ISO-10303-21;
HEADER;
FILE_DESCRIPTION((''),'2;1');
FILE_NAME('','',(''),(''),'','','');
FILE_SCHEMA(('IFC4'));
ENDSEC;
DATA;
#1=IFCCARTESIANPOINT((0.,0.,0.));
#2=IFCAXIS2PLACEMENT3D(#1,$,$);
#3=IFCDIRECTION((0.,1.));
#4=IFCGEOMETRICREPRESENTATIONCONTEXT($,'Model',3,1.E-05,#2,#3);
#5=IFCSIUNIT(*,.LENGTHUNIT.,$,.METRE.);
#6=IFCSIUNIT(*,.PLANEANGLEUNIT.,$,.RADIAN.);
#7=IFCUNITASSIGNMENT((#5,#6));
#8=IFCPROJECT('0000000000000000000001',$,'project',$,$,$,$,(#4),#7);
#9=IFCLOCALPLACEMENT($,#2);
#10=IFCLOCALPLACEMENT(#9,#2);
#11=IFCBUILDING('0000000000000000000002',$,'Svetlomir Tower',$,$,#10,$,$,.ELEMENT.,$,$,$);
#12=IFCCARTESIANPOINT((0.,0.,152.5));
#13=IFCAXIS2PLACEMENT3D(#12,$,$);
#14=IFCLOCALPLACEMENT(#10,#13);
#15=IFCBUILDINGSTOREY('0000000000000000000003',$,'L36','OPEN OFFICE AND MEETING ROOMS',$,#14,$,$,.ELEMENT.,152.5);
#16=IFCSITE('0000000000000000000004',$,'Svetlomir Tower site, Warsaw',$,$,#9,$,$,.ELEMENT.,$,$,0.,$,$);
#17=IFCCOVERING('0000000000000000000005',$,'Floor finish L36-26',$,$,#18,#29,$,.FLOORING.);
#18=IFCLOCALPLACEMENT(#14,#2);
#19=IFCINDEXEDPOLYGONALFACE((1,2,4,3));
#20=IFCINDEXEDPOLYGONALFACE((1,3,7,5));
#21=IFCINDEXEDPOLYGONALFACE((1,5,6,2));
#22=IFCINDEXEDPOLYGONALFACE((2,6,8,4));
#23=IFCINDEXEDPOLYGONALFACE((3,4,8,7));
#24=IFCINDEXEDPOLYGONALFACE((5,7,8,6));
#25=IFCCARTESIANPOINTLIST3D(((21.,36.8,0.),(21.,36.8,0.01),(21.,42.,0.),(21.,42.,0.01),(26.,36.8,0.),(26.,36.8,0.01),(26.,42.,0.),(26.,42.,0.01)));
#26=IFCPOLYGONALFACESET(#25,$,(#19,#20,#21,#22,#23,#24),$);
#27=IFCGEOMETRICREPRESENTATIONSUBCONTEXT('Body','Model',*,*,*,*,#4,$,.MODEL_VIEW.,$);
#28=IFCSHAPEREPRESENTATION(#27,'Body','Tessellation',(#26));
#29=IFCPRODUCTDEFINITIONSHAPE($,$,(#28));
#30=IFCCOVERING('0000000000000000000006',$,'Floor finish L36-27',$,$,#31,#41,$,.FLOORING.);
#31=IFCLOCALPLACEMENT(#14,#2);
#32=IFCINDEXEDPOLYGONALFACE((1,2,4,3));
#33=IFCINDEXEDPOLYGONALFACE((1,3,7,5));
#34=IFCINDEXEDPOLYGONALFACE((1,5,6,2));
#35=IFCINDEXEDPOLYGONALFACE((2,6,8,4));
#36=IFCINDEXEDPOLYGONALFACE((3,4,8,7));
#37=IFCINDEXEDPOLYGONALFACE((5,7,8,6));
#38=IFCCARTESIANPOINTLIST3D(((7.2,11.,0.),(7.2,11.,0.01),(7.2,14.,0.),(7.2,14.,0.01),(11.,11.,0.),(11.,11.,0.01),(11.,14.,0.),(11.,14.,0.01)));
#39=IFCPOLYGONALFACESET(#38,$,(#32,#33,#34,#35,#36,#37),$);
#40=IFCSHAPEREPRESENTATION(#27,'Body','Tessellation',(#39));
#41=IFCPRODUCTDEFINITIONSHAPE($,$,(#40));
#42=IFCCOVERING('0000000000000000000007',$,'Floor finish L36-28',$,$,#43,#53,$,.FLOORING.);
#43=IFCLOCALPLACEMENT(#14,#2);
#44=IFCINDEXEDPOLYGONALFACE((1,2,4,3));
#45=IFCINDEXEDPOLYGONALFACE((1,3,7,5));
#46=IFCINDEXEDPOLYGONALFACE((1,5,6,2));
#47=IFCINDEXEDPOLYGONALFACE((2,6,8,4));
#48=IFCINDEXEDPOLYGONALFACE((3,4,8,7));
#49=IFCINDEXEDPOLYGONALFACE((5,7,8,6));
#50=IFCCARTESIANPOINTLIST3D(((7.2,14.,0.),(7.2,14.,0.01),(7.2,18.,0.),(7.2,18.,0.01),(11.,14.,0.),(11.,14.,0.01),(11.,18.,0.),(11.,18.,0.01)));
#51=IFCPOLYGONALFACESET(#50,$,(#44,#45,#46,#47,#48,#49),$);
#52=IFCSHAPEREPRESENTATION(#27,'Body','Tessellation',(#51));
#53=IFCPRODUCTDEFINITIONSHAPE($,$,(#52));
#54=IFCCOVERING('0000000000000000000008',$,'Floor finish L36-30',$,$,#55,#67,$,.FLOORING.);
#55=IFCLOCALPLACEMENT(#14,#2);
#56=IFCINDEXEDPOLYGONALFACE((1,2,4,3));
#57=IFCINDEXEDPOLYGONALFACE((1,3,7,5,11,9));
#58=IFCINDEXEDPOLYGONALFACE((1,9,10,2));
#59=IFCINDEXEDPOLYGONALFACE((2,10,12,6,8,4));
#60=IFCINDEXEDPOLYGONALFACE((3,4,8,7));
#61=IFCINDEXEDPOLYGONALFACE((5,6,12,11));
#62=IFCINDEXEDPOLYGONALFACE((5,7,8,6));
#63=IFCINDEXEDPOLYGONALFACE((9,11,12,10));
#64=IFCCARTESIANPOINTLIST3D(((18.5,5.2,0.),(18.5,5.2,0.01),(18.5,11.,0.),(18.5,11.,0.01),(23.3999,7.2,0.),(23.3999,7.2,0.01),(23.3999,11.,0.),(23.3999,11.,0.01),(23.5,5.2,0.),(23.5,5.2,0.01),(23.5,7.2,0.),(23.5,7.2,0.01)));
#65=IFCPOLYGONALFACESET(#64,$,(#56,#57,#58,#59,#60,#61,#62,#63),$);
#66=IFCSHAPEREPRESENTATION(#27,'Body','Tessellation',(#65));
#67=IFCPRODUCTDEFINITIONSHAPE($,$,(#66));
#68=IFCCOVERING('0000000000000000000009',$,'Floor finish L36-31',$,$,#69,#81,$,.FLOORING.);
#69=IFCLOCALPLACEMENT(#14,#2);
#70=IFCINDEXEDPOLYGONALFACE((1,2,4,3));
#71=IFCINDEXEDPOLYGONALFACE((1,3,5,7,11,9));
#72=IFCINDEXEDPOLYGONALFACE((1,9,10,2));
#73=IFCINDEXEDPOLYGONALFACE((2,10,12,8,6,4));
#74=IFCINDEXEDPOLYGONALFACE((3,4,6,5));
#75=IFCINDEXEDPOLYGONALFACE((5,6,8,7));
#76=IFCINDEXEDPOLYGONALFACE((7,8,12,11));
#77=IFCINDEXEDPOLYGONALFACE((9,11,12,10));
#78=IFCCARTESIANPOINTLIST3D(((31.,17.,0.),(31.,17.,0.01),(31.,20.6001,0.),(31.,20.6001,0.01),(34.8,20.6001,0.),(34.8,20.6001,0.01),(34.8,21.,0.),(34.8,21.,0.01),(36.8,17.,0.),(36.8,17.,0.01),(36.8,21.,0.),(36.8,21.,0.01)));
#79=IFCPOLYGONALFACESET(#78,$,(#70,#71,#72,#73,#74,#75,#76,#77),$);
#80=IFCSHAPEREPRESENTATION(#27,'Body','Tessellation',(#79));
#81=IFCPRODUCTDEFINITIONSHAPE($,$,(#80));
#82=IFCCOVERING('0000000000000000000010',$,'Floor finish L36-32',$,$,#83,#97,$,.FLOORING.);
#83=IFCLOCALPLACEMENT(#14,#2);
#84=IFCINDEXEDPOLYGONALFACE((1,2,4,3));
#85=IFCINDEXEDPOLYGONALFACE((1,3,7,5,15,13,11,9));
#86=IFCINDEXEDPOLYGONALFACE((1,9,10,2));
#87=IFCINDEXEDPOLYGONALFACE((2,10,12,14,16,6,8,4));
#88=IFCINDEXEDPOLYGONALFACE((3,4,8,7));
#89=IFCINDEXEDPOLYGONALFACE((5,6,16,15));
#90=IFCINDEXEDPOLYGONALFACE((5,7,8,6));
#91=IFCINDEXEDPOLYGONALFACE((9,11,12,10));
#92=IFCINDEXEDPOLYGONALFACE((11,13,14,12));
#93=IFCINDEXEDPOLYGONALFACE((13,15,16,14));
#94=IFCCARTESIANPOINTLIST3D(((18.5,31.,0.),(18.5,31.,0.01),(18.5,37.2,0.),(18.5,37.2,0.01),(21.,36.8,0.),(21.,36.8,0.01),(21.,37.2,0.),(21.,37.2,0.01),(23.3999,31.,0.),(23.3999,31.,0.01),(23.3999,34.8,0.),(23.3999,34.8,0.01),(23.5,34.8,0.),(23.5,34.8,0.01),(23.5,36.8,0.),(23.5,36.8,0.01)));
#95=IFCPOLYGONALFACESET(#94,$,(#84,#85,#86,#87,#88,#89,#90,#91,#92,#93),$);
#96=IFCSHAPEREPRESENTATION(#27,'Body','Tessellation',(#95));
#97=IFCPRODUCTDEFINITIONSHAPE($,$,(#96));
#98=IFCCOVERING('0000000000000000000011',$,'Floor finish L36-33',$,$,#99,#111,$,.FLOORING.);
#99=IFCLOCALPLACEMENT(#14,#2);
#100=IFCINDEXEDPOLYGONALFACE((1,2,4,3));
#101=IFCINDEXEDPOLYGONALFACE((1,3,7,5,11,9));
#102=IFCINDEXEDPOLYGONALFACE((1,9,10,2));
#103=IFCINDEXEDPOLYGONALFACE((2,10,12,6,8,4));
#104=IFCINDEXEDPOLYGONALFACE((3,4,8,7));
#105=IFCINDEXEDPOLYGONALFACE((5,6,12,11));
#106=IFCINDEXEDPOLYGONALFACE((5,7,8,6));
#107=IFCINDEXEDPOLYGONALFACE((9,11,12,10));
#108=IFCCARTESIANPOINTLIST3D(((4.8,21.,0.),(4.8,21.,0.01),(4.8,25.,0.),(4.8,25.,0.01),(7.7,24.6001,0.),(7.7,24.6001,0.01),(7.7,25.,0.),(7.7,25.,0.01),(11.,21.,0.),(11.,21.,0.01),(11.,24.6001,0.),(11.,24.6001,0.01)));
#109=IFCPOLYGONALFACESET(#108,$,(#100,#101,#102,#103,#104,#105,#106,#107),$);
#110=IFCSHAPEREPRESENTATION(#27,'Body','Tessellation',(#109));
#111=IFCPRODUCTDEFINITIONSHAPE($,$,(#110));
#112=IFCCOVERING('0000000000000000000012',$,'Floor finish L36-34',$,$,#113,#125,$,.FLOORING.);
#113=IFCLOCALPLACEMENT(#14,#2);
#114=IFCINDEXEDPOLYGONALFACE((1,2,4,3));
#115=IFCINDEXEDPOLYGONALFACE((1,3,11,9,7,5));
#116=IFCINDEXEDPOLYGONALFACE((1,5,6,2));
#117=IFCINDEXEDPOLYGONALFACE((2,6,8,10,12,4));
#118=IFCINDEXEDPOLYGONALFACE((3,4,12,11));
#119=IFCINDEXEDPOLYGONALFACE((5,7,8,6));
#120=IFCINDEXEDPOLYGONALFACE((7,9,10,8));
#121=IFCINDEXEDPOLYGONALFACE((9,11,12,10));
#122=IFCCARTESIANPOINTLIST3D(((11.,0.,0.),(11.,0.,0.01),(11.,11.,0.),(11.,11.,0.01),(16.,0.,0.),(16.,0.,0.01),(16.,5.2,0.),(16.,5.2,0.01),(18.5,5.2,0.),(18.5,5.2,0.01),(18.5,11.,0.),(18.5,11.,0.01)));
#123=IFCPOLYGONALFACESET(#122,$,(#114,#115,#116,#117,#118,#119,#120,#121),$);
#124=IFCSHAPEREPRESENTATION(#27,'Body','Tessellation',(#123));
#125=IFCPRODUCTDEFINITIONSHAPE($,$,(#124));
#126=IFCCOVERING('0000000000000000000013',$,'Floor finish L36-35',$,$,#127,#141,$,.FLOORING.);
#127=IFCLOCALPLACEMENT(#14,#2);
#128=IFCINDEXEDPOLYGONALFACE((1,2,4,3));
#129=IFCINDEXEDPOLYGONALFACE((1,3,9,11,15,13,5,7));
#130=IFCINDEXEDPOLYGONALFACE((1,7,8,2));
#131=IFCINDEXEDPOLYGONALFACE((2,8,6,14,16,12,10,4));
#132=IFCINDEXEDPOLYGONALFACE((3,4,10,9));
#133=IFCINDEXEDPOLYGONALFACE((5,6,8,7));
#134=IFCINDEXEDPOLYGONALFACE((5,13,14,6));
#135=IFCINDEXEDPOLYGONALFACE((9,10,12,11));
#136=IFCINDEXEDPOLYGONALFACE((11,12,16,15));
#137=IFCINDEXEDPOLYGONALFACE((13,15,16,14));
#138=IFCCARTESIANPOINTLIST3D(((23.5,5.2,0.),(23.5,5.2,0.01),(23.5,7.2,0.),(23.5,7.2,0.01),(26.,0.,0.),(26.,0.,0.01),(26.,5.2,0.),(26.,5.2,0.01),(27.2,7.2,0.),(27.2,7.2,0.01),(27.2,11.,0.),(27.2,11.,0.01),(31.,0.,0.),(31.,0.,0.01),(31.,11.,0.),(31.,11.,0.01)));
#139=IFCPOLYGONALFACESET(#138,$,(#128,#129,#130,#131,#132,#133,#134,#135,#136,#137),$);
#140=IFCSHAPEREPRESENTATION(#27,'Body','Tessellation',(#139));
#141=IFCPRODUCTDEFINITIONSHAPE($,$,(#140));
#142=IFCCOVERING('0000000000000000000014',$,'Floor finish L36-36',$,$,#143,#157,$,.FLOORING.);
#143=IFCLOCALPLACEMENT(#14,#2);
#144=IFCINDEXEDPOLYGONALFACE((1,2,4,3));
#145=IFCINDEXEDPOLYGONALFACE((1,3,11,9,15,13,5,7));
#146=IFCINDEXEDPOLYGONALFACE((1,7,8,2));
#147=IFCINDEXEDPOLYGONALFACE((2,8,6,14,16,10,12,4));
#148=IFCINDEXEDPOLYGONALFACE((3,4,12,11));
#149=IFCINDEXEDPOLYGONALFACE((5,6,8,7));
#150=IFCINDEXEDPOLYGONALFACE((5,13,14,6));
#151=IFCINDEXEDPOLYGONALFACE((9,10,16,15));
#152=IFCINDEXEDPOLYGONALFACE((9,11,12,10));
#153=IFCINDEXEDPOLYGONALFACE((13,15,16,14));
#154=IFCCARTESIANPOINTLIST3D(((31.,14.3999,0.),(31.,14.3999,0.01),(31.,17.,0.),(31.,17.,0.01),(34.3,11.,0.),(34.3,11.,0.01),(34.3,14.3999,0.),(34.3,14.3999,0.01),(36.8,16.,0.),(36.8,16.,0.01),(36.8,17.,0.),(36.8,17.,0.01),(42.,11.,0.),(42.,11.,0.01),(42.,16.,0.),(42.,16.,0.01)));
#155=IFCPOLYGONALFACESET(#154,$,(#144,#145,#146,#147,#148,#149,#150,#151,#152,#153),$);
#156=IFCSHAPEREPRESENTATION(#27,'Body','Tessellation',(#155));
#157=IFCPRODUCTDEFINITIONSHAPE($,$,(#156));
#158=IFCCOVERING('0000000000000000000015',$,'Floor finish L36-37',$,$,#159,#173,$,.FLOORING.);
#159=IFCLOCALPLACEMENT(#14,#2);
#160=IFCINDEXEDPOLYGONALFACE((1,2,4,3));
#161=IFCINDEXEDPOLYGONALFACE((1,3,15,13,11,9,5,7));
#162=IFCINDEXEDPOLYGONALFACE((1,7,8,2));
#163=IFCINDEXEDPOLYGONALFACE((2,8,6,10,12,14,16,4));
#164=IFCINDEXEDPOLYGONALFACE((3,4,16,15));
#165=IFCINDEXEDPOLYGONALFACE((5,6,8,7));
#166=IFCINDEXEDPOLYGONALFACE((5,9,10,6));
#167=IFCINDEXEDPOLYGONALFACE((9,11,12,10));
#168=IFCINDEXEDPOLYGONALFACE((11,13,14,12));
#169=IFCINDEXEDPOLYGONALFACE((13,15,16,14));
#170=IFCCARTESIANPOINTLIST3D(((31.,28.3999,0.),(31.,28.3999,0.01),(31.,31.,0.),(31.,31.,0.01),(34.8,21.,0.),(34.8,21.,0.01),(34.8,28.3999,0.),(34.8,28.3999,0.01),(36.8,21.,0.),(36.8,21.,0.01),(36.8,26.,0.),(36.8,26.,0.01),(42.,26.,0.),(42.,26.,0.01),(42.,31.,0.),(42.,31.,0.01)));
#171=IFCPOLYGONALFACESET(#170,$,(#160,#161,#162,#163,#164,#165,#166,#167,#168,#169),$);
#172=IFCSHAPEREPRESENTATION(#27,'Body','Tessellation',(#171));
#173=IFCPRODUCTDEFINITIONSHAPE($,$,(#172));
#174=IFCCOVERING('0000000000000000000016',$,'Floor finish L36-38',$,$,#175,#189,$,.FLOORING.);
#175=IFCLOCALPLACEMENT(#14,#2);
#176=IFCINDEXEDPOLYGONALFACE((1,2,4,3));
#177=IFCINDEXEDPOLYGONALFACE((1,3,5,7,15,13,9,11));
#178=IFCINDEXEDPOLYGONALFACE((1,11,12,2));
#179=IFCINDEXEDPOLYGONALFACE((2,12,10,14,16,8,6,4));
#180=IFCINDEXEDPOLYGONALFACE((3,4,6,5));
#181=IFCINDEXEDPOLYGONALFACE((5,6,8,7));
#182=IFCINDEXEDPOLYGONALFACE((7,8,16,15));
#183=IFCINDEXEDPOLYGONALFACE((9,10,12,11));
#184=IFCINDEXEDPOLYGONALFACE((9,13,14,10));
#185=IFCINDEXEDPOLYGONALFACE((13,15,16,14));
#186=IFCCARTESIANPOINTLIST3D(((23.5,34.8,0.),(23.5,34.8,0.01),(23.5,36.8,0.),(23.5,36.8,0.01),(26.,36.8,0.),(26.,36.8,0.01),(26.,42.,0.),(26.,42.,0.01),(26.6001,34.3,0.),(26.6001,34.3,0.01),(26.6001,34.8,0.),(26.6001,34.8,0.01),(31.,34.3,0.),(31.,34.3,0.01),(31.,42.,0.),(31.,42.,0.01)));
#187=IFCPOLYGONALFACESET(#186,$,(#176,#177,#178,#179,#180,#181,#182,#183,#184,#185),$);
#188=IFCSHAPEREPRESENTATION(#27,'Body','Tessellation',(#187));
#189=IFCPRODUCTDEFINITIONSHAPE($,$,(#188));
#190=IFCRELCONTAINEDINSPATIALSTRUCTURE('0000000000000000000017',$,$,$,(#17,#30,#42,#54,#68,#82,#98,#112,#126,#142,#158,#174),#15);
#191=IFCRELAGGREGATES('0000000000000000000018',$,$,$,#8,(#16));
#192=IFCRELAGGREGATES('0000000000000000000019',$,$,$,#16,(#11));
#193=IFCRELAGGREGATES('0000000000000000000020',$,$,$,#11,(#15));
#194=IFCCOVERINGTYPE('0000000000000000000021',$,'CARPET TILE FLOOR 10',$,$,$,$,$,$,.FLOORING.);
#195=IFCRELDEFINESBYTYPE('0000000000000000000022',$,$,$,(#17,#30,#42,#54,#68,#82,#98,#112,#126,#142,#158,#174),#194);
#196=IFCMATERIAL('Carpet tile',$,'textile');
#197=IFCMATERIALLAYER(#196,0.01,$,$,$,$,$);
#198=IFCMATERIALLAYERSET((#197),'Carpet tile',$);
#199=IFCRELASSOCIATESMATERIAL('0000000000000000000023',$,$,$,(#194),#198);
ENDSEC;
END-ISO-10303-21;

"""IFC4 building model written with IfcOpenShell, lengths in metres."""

from ifc_helpers import new_model, si_unit, direction, frame, origin, place, context, subcontext, project, spatial, polyline, outline, extrude, material, layer, layer_set, type_object, element, save


model = new_model("IFC4")

# Units and contexts
model_context = context("Model", 3, precision=1e-05, world=origin(), true_north=direction((0.0, 1.0)))
body_context = subcontext(model_context, "Body", "Model", "MODEL_VIEW")
ifc_project = project(units=[si_unit("LENGTHUNIT", "METRE"), si_unit("PLANEANGLEUNIT", "RADIAN")], contexts=[model_context])

# Site, building, storey
site_placement = place(None, origin())
site = spatial("IfcSite", under=ifc_project, at=site_placement, Name="Svetlomir Tower site, Warsaw", CompositionType="ELEMENT", RefElevation=0.0)
building_placement = place(site_placement, origin())
building = spatial("IfcBuilding", under=site, at=building_placement, Name="Svetlomir Tower", CompositionType="ELEMENT")
storey_placement = place(building_placement, frame((0.0, 0.0, 152.5)))
storey = spatial("IfcBuildingStorey", under=building, at=storey_placement, Name="L36", Description="OPEN OFFICE AND MEETING ROOMS", CompositionType="ELEMENT", Elevation=152.5)

# Coverings
ifc_material_1 = material(Name="Carpet tile", Category="textile")
ifc_layer_1 = layer(ifc_material_1, 0.01)
ifc_layer_set_1 = layer_set([ifc_layer_1], Name="Carpet tile")
covering_type_1 = type_object("IfcCoveringType", Name="CARPET TILE FLOOR 10", PredefinedType="FLOORING", material=ifc_layer_set_1)
covering_1_placement = place(storey_placement, origin())
element("IfcCovering", 1, at=covering_1_placement, inside=storey, type_object=covering_type_1, Name="Floor finish L36-26", PredefinedType="FLOORING", context=body_context, shape_type="SweptSolid", body=[
    extrude(outline(polyline([(21.0, 36.8), (26.0, 36.8), (26.0, 42.0), (21.0, 42.0), (21.0, 36.8)])), origin(), (0.0, 0.0, 1.0), 0.01),
])
covering_2_placement = place(storey_placement, origin())
element("IfcCovering", 2, at=covering_2_placement, inside=storey, type_object=covering_type_1, Name="Floor finish L36-27", PredefinedType="FLOORING", context=body_context, shape_type="SweptSolid", body=[
    extrude(outline(polyline([(7.2, 11.0), (11.0, 11.0), (11.0, 14.0), (7.2, 14.0), (7.2, 11.0)])), origin(), (0.0, 0.0, 1.0), 0.01),
])
covering_3_placement = place(storey_placement, origin())
element("IfcCovering", 3, at=covering_3_placement, inside=storey, type_object=covering_type_1, Name="Floor finish L36-28", PredefinedType="FLOORING", context=body_context, shape_type="SweptSolid", body=[
    extrude(outline(polyline([(7.2, 14.0), (11.0, 14.0), (11.0, 18.0), (7.2, 18.0), (7.2, 14.0)])), origin(), (0.0, 0.0, 1.0), 0.01),
])
covering_4_placement = place(storey_placement, origin())
element("IfcCovering", 4, at=covering_4_placement, inside=storey, type_object=covering_type_1, Name="Floor finish L36-30", PredefinedType="FLOORING", context=body_context, shape_type="SweptSolid", body=[
    extrude(outline(polyline([(23.3999, 11.0), (23.3999, 7.2), (23.5, 7.2), (23.5, 5.2), (18.5, 5.2), (18.5, 11.0), (23.3999, 11.0)])), origin(), (0.0, 0.0, 1.0), 0.01),
])
covering_5_placement = place(storey_placement, origin())
element("IfcCovering", 5, at=covering_5_placement, inside=storey, type_object=covering_type_1, Name="Floor finish L36-31", PredefinedType="FLOORING", context=body_context, shape_type="SweptSolid", body=[
    extrude(outline(polyline([(31.0, 20.6001), (34.8, 20.6001), (34.8, 21.0), (36.8, 21.0), (36.8, 17.0), (31.0, 17.0), (31.0, 20.6001)])), origin(), (0.0, 0.0, 1.0), 0.01),
])
covering_6_placement = place(storey_placement, origin())
element("IfcCovering", 6, at=covering_6_placement, inside=storey, type_object=covering_type_1, Name="Floor finish L36-32", PredefinedType="FLOORING", context=body_context, shape_type="SweptSolid", body=[
    extrude(outline(polyline([(23.3999, 34.8), (23.3999, 31.0), (18.5, 31.0), (18.5, 37.2), (21.0, 37.2), (21.0, 36.8), (23.5, 36.8), (23.5, 34.8), (23.3999, 34.8)])), origin(), (0.0, 0.0, 1.0), 0.01),
])
covering_7_placement = place(storey_placement, origin())
element("IfcCovering", 7, at=covering_7_placement, inside=storey, type_object=covering_type_1, Name="Floor finish L36-33", PredefinedType="FLOORING", context=body_context, shape_type="SweptSolid", body=[
    extrude(outline(polyline([(7.7, 24.6001), (11.0, 24.6001), (11.0, 21.0), (4.8, 21.0), (4.8, 25.0), (7.7, 25.0), (7.7, 24.6001)])), origin(), (0.0, 0.0, 1.0), 0.01),
])
covering_8_placement = place(storey_placement, origin())
element("IfcCovering", 8, at=covering_8_placement, inside=storey, type_object=covering_type_1, Name="Floor finish L36-34", PredefinedType="FLOORING", context=body_context, shape_type="SweptSolid", body=[
    extrude(outline(polyline([(18.5, 11.0), (18.5, 5.2), (16.0, 5.2), (16.0, 0.0), (11.0, 0.0), (11.0, 11.0), (18.5, 11.0)])), origin(), (0.0, 0.0, 1.0), 0.01),
])
covering_9_placement = place(storey_placement, origin())
element("IfcCovering", 9, at=covering_9_placement, inside=storey, type_object=covering_type_1, Name="Floor finish L36-35", PredefinedType="FLOORING", context=body_context, shape_type="SweptSolid", body=[
    extrude(outline(polyline([(27.2, 11.0), (31.0, 11.0), (31.0, 0.0), (26.0, 0.0), (26.0, 5.2), (23.5, 5.2), (23.5, 7.2), (27.2, 7.2), (27.2, 11.0)])), origin(), (0.0, 0.0, 1.0), 0.01),
])
covering_10_placement = place(storey_placement, origin())
element("IfcCovering", 10, at=covering_10_placement, inside=storey, type_object=covering_type_1, Name="Floor finish L36-36", PredefinedType="FLOORING", context=body_context, shape_type="SweptSolid", body=[
    extrude(outline(polyline([(34.3, 14.3999), (31.0, 14.3999), (31.0, 17.0), (36.8, 17.0), (36.8, 16.0), (42.0, 16.0), (42.0, 11.0), (34.3, 11.0), (34.3, 14.3999)])), origin(), (0.0, 0.0, 1.0), 0.01),
])
covering_11_placement = place(storey_placement, origin())
element("IfcCovering", 11, at=covering_11_placement, inside=storey, type_object=covering_type_1, Name="Floor finish L36-37", PredefinedType="FLOORING", context=body_context, shape_type="SweptSolid", body=[
    extrude(outline(polyline([(34.8, 28.3999), (31.0, 28.3999), (31.0, 31.0), (42.0, 31.0), (42.0, 26.0), (36.8, 26.0), (36.8, 21.0), (34.8, 21.0), (34.8, 28.3999)])), origin(), (0.0, 0.0, 1.0), 0.01),
])
covering_12_placement = place(storey_placement, origin())
element("IfcCovering", 12, at=covering_12_placement, inside=storey, type_object=covering_type_1, Name="Floor finish L36-38", PredefinedType="FLOORING", context=body_context, shape_type="SweptSolid", body=[
    extrude(outline(polyline([(26.6001, 34.3), (26.6001, 34.8), (23.5, 34.8), (23.5, 36.8), (26.0, 36.8), (26.0, 42.0), (31.0, 42.0), (31.0, 34.3), (26.6001, 34.3)])), origin(), (0.0, 0.0, 1.0), 0.01),
])

save(model, "model.ifc")
